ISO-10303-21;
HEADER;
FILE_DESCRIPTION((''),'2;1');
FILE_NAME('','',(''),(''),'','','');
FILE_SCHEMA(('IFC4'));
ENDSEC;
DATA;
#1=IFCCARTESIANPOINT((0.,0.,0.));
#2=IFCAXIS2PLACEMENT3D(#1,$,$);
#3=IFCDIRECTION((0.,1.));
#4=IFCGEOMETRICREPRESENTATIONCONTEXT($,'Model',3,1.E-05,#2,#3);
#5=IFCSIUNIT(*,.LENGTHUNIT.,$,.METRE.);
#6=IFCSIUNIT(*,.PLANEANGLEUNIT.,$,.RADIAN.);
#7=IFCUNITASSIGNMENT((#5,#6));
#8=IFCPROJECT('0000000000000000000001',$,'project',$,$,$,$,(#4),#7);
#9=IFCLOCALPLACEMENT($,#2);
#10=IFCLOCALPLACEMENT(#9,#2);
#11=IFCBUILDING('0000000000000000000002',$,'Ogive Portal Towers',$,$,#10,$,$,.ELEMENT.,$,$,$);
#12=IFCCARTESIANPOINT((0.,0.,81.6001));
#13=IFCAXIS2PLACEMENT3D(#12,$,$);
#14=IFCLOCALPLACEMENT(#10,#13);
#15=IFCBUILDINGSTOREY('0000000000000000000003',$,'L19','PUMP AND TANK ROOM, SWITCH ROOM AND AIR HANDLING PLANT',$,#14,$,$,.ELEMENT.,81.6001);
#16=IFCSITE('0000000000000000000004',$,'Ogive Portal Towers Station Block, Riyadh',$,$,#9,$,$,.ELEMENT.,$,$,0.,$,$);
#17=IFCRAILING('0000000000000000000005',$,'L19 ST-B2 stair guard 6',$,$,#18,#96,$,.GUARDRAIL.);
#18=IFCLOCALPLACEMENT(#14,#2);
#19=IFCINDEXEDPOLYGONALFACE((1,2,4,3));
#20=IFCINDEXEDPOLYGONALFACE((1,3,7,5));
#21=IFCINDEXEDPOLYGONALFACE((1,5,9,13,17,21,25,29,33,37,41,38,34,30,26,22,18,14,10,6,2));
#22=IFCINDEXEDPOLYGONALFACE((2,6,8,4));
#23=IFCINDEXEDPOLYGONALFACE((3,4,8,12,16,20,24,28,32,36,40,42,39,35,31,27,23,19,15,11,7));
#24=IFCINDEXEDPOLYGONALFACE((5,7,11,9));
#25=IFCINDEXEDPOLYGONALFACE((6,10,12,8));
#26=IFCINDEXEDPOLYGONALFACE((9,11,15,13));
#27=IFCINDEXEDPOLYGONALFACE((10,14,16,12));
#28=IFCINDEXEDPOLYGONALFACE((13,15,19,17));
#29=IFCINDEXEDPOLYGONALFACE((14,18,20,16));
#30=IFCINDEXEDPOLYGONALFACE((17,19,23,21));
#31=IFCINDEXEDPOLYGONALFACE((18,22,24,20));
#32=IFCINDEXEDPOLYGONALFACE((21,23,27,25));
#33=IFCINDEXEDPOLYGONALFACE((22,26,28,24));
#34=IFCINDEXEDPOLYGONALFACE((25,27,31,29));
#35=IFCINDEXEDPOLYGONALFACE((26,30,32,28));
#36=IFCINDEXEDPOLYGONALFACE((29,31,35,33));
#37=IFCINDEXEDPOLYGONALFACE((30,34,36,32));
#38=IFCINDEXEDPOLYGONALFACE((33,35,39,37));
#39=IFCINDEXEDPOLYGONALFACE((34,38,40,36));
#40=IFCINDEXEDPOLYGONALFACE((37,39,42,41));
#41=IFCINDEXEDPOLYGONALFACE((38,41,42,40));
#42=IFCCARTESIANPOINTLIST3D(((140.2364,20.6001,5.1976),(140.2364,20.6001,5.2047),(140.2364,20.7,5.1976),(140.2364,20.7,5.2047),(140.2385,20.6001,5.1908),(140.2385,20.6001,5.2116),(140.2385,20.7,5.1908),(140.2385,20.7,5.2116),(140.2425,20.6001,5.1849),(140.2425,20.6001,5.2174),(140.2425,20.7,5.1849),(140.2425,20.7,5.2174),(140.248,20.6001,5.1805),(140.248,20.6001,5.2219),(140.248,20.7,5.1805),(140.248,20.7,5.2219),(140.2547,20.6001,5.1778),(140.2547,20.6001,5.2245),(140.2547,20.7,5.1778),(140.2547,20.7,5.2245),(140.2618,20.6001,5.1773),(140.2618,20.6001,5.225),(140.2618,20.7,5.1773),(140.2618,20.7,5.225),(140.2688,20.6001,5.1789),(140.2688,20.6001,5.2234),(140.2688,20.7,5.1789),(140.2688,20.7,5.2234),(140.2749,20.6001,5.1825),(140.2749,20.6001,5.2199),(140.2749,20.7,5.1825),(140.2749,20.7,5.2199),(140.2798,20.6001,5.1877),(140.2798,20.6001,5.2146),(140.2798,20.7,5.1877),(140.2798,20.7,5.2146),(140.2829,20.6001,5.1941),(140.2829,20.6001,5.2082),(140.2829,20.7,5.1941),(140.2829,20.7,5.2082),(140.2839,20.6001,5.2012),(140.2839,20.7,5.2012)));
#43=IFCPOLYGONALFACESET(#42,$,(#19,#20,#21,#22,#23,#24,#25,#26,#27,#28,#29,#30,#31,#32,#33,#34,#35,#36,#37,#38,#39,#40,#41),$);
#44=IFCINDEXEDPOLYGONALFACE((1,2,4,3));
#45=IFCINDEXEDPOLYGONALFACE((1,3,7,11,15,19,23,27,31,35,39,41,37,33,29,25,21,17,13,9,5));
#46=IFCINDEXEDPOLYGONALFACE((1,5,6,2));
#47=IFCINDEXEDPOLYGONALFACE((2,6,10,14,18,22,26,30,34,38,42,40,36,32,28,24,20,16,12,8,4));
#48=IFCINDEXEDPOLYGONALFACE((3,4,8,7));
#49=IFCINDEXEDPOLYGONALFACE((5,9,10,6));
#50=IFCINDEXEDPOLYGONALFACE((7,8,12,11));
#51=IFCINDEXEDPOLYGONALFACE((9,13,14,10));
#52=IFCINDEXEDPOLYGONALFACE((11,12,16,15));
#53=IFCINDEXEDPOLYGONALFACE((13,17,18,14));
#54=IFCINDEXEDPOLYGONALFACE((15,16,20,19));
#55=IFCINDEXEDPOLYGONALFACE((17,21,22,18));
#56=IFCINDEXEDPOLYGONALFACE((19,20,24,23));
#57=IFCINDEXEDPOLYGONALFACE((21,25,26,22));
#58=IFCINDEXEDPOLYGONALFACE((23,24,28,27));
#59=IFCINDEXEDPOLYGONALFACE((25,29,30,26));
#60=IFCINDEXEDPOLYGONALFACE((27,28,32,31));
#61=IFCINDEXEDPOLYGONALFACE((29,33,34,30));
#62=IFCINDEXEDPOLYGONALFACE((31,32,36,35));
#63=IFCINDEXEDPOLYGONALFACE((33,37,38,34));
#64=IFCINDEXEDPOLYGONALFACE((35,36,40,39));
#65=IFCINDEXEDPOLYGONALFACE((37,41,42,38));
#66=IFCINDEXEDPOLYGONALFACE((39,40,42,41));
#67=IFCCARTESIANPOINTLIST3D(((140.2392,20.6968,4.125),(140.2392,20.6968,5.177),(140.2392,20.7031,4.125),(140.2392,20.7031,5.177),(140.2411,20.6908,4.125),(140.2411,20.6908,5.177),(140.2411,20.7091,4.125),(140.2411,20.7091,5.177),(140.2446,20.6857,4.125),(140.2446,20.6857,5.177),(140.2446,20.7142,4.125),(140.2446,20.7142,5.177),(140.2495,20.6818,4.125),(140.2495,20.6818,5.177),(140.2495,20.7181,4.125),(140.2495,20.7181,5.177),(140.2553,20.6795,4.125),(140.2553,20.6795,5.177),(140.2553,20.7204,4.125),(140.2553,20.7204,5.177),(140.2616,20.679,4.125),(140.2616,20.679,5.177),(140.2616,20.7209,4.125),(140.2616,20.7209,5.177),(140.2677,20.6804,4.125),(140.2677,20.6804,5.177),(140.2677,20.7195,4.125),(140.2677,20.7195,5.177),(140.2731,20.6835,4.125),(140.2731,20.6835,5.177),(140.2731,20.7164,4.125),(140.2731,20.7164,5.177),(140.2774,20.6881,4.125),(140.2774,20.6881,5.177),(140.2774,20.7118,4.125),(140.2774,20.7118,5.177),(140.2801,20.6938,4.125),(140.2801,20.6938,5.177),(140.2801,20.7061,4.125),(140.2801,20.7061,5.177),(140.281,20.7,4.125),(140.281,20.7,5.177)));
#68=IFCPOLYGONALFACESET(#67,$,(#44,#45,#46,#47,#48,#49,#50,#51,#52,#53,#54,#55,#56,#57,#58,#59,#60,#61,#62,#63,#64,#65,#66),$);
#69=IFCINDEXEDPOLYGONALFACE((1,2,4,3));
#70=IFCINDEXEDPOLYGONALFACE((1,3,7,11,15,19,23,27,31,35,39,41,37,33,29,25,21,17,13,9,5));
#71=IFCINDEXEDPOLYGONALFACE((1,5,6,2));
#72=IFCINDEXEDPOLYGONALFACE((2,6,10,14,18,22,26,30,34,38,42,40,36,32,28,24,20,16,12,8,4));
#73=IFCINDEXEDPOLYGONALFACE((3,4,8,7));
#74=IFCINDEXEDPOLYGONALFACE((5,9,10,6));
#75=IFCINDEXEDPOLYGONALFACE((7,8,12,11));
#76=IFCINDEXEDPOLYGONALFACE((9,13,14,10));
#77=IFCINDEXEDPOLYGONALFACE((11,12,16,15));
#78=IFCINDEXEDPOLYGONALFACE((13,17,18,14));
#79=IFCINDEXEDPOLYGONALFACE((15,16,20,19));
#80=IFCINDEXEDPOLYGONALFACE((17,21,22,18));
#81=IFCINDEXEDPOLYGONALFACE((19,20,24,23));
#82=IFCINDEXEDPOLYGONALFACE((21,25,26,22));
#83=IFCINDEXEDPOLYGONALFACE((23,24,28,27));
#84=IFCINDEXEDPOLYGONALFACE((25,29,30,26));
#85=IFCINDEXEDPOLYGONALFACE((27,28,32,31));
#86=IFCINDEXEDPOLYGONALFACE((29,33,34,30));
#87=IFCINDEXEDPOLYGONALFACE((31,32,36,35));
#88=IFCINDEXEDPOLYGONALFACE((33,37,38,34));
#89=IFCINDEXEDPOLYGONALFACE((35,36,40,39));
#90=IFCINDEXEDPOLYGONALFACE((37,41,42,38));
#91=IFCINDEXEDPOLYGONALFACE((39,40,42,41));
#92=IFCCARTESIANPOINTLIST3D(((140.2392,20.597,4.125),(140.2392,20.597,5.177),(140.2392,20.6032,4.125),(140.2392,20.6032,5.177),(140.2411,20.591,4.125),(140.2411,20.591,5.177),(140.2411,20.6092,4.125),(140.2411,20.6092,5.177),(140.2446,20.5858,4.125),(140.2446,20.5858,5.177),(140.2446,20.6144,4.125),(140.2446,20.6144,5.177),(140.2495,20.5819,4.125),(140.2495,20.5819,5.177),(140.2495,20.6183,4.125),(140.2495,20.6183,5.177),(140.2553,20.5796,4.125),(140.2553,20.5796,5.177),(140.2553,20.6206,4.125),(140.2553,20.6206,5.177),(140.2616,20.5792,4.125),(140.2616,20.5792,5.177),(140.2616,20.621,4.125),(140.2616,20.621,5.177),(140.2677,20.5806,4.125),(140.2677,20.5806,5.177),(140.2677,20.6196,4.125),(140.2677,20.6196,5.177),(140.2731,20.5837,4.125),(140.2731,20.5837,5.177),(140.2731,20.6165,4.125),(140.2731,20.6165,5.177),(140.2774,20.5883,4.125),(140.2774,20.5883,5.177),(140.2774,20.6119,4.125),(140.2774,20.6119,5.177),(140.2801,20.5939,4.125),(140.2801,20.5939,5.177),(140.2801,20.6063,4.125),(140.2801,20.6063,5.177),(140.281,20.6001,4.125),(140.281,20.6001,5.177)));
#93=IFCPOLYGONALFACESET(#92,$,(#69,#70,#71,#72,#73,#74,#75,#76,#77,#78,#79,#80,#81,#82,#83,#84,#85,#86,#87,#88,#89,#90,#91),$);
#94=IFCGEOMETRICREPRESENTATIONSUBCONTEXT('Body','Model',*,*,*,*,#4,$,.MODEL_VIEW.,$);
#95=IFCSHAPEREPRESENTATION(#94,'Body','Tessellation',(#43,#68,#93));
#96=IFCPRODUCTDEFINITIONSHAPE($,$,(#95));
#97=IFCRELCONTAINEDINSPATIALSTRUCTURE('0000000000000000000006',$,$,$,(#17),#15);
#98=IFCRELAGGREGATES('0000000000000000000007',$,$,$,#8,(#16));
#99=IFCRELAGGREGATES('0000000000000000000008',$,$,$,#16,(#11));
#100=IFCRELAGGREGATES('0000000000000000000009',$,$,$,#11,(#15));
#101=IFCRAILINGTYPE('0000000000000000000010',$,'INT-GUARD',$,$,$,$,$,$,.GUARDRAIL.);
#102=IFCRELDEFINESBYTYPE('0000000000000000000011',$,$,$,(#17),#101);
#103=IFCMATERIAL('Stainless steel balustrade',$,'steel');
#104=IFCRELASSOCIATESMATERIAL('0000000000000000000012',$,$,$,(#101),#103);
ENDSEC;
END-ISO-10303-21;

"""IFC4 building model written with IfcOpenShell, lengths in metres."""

from ifc_helpers import new_model, si_unit, direction, frame, origin, origin_2d, place, context, subcontext, project, spatial, circle, extrude, material, type_object, element, save


model = new_model("IFC4")

# Units and contexts
model_context = context("Model", 3, precision=1e-05, world=origin(), true_north=direction((0.0, 1.0)))
body_context = subcontext(model_context, "Body", "Model", "MODEL_VIEW")
ifc_project = project(units=[si_unit("LENGTHUNIT", "METRE"), si_unit("PLANEANGLEUNIT", "RADIAN")], contexts=[model_context])

# Site, building, storey
site_placement = place(None, origin())
site = spatial("IfcSite", under=ifc_project, at=site_placement, Name="Ogive Portal Towers Station Block, Riyadh", CompositionType="ELEMENT", RefElevation=0.0)
building_placement = place(site_placement, origin())
building = spatial("IfcBuilding", under=site, at=building_placement, Name="Ogive Portal Towers", CompositionType="ELEMENT")
storey_placement = place(building_placement, frame((0.0, 0.0, 81.6001)))
storey = spatial("IfcBuildingStorey", under=building, at=storey_placement, Name="L19", Description="PUMP AND TANK ROOM, SWITCH ROOM AND AIR HANDLING PLANT", CompositionType="ELEMENT", Elevation=81.6001)

# Railing
ifc_material_1 = material(Name="Stainless steel balustrade", Category="steel")
railing_type_1 = type_object("IfcRailingType", Name="INT-GUARD", PredefinedType="GUARDRAIL", material=ifc_material_1)
railing_1_placement = place(storey_placement, frame((140.26, 20.7, 4.125)))
element("IfcRailing", 1, at=railing_1_placement, inside=storey, type_object=railing_type_1, Name="L19 ST-B2 stair guard 6", PredefinedType="GUARDRAIL", context=body_context, shape_type="SweptSolid", body=[
    extrude(circle(Radius=0.0239, at=origin_2d()), frame((0.0, 0.0, 1.0762), z_axis=(0.0, -1.0, 0.0), x_axis=(1.0, 0.0, 0.0)), (0.0, 0.0, 1.0), 0.0999),
    extrude(circle(Radius=0.021, at=origin_2d()), origin(), (0.0, 0.0, 1.0), 1.052),
    extrude(circle(Radius=0.021, at=origin_2d()), frame((0.0, -0.0999, 0.0)), (0.0, 0.0, 1.0), 1.052),
])

save(model, "model.ifc")
